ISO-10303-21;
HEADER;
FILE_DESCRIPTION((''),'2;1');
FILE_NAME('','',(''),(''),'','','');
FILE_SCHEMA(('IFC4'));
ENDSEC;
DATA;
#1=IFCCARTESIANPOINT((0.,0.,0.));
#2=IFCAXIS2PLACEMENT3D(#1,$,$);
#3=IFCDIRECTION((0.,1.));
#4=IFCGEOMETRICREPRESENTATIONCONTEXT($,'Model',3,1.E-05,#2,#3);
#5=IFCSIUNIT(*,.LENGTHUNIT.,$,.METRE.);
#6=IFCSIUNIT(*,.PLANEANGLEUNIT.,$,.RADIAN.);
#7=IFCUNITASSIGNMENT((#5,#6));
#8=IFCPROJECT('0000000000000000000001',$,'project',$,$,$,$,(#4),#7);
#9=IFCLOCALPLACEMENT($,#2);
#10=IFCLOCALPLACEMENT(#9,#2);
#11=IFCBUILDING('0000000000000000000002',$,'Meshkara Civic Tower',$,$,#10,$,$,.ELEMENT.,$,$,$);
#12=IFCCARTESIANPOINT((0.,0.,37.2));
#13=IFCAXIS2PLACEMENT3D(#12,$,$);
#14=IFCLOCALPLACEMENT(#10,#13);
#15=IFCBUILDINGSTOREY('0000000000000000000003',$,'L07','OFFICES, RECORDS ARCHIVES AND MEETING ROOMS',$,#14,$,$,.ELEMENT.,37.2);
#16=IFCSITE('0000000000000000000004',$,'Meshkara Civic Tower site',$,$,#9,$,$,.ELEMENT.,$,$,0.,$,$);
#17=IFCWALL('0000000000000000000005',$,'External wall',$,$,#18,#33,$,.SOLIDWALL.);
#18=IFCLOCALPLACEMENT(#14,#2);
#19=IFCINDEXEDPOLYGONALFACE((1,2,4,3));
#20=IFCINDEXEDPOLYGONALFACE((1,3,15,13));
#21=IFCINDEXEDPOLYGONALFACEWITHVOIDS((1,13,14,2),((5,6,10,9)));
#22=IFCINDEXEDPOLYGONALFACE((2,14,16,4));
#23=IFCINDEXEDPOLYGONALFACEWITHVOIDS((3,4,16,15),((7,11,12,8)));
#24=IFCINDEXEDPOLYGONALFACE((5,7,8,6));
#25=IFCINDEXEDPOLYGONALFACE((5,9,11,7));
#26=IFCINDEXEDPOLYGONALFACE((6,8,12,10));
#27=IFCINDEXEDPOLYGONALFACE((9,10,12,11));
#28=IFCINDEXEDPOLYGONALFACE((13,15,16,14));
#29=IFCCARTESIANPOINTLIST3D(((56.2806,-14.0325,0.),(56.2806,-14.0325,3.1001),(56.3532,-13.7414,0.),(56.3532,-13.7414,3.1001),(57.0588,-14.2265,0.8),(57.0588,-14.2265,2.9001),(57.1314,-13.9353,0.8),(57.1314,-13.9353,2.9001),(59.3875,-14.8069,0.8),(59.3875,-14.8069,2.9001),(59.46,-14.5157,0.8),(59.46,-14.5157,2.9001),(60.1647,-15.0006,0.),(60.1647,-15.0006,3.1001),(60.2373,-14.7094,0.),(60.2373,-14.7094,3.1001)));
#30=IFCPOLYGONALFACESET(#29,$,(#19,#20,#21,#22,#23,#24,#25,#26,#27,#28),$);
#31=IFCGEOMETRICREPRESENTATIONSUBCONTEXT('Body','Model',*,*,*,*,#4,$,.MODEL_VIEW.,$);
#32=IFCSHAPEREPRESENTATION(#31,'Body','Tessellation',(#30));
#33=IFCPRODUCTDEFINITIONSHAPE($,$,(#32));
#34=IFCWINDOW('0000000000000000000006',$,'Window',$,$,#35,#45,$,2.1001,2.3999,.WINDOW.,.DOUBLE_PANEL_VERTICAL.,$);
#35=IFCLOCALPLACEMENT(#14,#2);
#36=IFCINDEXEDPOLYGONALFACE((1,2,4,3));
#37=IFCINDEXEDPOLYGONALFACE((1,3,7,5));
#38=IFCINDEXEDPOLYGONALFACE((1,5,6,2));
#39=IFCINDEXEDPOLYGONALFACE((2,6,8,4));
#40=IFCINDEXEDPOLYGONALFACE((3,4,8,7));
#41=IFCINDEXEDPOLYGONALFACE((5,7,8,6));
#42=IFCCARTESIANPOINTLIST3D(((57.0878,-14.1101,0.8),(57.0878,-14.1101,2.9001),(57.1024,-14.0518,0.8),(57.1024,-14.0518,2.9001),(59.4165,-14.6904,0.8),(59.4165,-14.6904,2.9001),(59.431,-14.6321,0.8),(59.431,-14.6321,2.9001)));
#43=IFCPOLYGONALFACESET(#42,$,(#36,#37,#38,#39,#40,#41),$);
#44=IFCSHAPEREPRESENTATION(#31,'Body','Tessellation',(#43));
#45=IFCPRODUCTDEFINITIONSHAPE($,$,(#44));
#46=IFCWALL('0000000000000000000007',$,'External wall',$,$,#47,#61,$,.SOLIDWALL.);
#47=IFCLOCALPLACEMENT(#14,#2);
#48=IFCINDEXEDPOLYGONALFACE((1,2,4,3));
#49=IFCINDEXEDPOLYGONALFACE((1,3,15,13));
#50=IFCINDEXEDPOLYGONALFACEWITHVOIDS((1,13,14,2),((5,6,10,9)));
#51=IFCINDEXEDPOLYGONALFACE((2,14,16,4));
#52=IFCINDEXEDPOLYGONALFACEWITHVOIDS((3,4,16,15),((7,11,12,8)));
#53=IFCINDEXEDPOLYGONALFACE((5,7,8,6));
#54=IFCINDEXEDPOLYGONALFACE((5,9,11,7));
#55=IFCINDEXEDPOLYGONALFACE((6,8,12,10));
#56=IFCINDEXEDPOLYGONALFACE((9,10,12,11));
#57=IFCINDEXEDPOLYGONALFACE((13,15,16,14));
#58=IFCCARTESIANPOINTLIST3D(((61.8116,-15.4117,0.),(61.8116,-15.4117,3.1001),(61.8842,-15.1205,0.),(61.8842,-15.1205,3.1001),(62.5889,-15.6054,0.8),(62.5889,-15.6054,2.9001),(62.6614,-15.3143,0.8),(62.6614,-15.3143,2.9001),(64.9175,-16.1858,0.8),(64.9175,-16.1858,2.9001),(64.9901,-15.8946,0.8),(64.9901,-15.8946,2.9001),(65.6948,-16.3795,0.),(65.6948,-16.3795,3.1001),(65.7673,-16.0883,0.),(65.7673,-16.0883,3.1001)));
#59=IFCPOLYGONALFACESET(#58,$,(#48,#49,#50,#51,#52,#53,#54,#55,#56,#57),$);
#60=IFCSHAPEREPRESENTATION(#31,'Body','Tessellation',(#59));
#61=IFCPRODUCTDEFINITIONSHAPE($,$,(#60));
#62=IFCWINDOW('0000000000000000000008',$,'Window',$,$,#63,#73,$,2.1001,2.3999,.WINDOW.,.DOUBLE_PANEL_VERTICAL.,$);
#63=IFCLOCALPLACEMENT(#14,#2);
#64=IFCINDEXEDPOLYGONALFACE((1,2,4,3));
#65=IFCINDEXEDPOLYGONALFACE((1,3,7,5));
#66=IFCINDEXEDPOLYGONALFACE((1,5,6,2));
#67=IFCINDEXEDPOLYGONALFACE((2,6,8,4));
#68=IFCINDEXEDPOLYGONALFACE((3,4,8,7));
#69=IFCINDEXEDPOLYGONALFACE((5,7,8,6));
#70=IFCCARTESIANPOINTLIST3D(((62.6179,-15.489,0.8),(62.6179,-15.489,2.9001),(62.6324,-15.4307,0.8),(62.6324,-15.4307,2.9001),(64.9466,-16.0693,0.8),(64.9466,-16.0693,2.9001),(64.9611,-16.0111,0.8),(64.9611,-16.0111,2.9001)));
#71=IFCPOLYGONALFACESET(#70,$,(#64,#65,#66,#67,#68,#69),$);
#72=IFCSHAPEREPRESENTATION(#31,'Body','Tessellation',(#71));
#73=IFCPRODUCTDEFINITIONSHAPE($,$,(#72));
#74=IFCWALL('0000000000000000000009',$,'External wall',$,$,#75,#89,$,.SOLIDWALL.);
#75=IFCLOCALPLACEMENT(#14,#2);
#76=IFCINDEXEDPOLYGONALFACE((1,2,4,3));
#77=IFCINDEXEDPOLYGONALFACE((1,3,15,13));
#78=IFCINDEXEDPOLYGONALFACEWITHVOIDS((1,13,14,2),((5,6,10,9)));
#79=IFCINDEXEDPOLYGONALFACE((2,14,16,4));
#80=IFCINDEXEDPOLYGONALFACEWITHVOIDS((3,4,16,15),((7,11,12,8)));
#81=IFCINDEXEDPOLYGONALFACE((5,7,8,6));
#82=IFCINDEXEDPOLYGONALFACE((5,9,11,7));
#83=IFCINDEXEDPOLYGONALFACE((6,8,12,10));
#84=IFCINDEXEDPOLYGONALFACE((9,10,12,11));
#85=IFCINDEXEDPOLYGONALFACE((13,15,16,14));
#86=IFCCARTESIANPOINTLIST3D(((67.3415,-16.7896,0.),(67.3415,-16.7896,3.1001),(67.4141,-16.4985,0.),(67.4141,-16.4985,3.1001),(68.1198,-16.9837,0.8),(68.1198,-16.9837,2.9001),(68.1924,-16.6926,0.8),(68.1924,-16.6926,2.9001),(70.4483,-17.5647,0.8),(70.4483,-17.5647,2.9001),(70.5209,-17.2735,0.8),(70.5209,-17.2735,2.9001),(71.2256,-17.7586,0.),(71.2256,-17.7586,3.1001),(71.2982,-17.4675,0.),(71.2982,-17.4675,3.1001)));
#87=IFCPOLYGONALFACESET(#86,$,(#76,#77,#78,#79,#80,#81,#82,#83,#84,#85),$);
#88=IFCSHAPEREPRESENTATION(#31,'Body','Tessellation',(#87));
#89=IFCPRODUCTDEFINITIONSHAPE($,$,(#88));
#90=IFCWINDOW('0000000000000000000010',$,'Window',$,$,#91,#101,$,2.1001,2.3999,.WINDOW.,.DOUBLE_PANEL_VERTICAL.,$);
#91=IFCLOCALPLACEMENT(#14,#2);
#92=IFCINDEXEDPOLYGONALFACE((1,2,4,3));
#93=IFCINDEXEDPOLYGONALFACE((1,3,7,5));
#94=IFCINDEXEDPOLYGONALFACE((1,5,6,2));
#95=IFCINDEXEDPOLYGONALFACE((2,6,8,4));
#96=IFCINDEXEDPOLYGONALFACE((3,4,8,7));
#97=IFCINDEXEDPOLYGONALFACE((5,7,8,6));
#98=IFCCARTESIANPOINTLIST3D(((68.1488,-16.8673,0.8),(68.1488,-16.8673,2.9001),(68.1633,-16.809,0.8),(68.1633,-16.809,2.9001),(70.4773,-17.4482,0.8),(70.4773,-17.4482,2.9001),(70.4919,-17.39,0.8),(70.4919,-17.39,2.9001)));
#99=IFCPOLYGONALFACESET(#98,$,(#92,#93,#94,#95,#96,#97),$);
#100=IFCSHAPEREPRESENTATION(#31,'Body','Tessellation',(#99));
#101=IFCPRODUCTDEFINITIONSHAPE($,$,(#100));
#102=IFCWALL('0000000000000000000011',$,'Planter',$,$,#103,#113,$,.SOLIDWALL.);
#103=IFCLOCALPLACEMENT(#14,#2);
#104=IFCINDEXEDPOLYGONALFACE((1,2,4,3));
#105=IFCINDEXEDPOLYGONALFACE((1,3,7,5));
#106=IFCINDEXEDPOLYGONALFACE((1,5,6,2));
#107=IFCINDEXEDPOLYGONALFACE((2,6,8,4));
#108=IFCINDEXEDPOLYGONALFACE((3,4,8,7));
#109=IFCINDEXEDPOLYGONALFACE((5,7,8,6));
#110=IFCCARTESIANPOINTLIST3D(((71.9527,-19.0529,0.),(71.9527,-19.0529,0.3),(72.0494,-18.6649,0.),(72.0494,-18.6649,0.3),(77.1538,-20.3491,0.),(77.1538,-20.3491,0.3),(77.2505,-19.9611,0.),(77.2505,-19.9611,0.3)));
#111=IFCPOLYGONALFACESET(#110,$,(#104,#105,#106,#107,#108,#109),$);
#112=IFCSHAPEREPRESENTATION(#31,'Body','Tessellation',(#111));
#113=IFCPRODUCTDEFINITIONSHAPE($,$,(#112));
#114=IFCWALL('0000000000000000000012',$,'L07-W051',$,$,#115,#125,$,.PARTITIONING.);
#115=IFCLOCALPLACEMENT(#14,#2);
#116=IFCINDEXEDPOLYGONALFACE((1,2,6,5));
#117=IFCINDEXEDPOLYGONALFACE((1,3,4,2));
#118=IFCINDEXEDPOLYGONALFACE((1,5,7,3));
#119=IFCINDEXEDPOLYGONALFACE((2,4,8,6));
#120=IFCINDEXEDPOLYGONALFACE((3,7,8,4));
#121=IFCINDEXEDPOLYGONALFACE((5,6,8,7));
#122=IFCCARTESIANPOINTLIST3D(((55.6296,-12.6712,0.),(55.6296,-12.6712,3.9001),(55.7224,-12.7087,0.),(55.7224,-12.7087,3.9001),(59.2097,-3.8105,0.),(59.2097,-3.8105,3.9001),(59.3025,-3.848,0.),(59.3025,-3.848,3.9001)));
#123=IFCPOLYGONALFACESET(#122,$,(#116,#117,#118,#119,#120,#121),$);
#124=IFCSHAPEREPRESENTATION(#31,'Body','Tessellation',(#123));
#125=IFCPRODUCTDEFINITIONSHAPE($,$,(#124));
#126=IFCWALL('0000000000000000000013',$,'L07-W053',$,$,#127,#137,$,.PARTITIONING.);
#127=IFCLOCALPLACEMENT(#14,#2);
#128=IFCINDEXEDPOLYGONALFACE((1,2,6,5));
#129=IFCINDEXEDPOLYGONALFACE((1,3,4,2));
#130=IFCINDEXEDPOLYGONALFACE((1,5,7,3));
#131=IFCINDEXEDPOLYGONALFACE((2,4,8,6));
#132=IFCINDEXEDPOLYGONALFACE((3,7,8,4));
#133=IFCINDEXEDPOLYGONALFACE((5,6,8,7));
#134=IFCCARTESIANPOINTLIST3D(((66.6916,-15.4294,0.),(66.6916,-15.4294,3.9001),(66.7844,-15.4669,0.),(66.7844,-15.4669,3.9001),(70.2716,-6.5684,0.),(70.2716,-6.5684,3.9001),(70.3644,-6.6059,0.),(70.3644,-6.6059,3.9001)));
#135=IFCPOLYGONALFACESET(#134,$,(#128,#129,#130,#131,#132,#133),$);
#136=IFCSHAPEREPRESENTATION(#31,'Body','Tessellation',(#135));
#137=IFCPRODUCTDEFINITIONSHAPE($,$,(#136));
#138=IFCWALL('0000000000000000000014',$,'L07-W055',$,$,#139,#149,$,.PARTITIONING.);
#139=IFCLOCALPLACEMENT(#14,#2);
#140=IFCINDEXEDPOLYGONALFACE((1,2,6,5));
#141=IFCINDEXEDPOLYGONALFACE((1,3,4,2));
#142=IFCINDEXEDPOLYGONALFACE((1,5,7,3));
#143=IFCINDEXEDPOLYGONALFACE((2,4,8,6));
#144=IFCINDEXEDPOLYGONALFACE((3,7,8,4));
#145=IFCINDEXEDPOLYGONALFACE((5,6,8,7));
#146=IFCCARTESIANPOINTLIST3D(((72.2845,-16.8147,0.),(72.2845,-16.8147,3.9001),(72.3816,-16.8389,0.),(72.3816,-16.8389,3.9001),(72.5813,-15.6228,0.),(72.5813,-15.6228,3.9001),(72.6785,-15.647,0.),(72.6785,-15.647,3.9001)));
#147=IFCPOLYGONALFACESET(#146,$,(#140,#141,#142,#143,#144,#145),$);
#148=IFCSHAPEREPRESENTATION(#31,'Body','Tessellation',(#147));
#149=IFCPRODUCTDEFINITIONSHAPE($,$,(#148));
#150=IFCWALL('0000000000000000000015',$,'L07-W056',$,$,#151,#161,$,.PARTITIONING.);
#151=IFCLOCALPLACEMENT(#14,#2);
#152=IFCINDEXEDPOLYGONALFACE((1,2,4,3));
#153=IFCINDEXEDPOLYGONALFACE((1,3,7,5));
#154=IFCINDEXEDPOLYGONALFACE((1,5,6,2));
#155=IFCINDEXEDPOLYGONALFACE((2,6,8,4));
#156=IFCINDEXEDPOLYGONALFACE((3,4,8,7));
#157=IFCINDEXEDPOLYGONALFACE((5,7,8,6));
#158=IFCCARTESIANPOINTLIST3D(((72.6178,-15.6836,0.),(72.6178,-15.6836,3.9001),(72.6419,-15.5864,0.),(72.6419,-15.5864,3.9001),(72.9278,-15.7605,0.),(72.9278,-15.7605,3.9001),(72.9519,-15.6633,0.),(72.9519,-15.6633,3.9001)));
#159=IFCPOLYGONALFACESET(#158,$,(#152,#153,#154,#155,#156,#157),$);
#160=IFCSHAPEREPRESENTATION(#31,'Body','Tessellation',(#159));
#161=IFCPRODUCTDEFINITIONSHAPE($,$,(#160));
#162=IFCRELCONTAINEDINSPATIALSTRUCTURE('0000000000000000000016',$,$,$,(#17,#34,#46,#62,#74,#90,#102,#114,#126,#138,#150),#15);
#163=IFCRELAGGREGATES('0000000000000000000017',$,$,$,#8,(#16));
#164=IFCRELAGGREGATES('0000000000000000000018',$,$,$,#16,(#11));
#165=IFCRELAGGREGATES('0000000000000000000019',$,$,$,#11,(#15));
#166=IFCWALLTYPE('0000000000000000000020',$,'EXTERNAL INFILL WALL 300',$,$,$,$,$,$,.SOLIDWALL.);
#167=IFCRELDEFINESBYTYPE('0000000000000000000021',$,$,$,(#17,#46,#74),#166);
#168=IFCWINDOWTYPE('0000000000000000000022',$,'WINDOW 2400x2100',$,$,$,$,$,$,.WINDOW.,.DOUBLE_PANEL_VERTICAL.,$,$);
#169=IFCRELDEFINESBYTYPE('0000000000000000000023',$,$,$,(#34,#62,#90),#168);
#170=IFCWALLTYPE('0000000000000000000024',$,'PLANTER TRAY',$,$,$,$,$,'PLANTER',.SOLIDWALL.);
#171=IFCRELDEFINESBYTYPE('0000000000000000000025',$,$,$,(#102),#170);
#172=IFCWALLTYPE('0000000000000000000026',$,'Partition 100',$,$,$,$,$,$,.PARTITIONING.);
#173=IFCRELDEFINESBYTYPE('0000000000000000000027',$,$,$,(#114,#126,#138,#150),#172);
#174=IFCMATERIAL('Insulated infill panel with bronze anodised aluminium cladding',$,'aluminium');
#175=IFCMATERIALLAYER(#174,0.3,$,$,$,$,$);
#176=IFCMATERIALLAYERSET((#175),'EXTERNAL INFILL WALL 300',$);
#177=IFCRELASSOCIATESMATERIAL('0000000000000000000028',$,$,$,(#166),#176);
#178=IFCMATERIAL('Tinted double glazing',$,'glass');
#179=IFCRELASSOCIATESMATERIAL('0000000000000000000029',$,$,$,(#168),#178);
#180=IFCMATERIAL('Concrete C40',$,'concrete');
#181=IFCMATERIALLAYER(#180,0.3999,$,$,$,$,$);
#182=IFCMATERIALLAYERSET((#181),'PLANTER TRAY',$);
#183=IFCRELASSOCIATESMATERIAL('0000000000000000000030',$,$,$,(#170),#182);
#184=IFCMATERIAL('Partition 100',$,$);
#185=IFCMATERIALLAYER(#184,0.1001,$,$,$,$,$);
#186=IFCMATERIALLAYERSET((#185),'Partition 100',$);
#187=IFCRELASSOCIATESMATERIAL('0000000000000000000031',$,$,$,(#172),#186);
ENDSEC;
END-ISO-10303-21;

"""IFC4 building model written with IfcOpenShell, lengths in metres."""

from ifc_helpers import new_model, si_unit, direction, frame, frame_2d, origin, place, context, subcontext, project, spatial, rectangle, extrude, material, layer, layer_set, type_object, element, fill, save


model = new_model("IFC4")

# Units and contexts
model_context = context("Model", 3, precision=1e-05, world=origin(), true_north=direction((0.0, 1.0)))
body_context = subcontext(model_context, "Body", "Model", "MODEL_VIEW")
ifc_project = project(units=[si_unit("LENGTHUNIT", "METRE"), si_unit("PLANEANGLEUNIT", "RADIAN")], contexts=[model_context])

# Site, building, storey
site_placement = place(None, origin())
site = spatial("IfcSite", under=ifc_project, at=site_placement, Name="Meshkara Civic Tower site", CompositionType="ELEMENT", RefElevation=0.0)
building_placement = place(site_placement, origin())
building = spatial("IfcBuilding", under=site, at=building_placement, Name="Meshkara Civic Tower", CompositionType="ELEMENT")
storey_placement = place(building_placement, frame((0.0, 0.0, 37.2)))
storey = spatial("IfcBuildingStorey", under=building, at=storey_placement, Name="L07", Description="OFFICES, RECORDS ARCHIVES AND MEETING ROOMS", CompositionType="ELEMENT", Elevation=37.2)

# Walls, openings, windows
ifc_material_1 = material(Name="Insulated infill panel with bronze anodised aluminium cladding", Category="aluminium")
ifc_layer_1 = layer(ifc_material_1, 0.3)
ifc_layer_set_1 = layer_set([ifc_layer_1], Name="EXTERNAL INFILL WALL 300")
wall_type_1 = type_object("IfcWallType", Name="EXTERNAL INFILL WALL 300", PredefinedType="SOLIDWALL", material=ifc_layer_set_1)
ifc_material_2 = material(Name="Tinted double glazing", Category="glass")
window_type = type_object("IfcWindowType", Name="WINDOW 2400x2100", PartitioningType="DOUBLE_PANEL_VERTICAL", PredefinedType="WINDOW", material=ifc_material_2)
wall_1_placement = place(storey_placement, frame((56.3169, -13.887, 0.0), z_axis=(0.0, 0.0, 1.0), x_axis=(0.970318, -0.241832, 0.0)))
wall_1 = element("IfcWall", 1, at=wall_1_placement, inside=storey, type_object=wall_type_1, Name="External wall", PredefinedType="SOLIDWALL", context=body_context, shape_type="SweptSolid", body=[
    extrude(rectangle(XDim=4.0029, YDim=0.3, at=frame_2d((2.0015, 0.0))), origin(), (0.0, 0.0, 1.0), 3.1001),
])
opening_1_placement = place(wall_1_placement, frame((0.802, 0.0, 0.8)))
opening_1 = element("IfcOpeningElement", 2, at=opening_1_placement, cuts=wall_1, PredefinedType="OPENING", context=body_context, shape_type="SweptSolid", body=[
    extrude(rectangle(XDim=2.3999, YDim=2.1001, at=frame_2d((1.2, 1.05))), frame((0.0, 0.1599, 0.0), z_axis=(0.0, -1.0, 0.0), x_axis=(1.0, 0.0, 0.0)), (0.0, 0.0, 1.0), 0.3201),
])
window_1_placement = place(opening_1_placement, origin())
window_1 = element("IfcWindow", 3, at=window_1_placement, inside=storey, type_object=window_type, Name="Window", OverallHeight=2.1001, OverallWidth=2.3999, PartitioningType="DOUBLE_PANEL_VERTICAL", PredefinedType="WINDOW", context=body_context, shape_type="SweptSolid", body=[
    extrude(rectangle(XDim=2.3999, YDim=2.1001, at=frame_2d((1.2, 1.05))), frame((0.0, 0.03, 0.0), z_axis=(0.0, -1.0, 0.0), x_axis=(1.0, 0.0, 0.0)), (0.0, 0.0, 1.0), 0.0601),
])
fill(opening_1, window_1)
wall_2_placement = place(storey_placement, frame((61.8479, -15.2661, 0.0), z_axis=(0.0, 0.0, 1.0), x_axis=(0.970318, -0.241832, 0.0)))
wall_2 = element("IfcWall", 4, at=wall_2_placement, inside=storey, type_object=wall_type_1, Name="External wall", PredefinedType="SOLIDWALL", context=body_context, shape_type="SweptSolid", body=[
    extrude(rectangle(XDim=4.002, YDim=0.3, at=frame_2d((2.001, 0.0))), origin(), (0.0, 0.0, 1.0), 3.1001),
])
opening_2_placement = place(wall_2_placement, frame((0.801, 0.0, 0.8)))
opening_2 = element("IfcOpeningElement", 5, at=opening_2_placement, cuts=wall_2, PredefinedType="OPENING", context=body_context, shape_type="SweptSolid", body=[
    extrude(rectangle(XDim=2.3999, YDim=2.1001, at=frame_2d((1.2, 1.05))), frame((0.0, 0.1599, 0.0), z_axis=(0.0, -1.0, 0.0), x_axis=(1.0, 0.0, 0.0)), (0.0, 0.0, 1.0), 0.3201),
])
window_2_placement = place(opening_2_placement, origin())
window_2 = element("IfcWindow", 6, at=window_2_placement, inside=storey, type_object=window_type, Name="Window", OverallHeight=2.1001, OverallWidth=2.3999, PartitioningType="DOUBLE_PANEL_VERTICAL", PredefinedType="WINDOW", context=body_context, shape_type="SweptSolid", body=[
    extrude(rectangle(XDim=2.3999, YDim=2.1001, at=frame_2d((1.2, 1.05))), frame((0.0, 0.03, 0.0), z_axis=(0.0, -1.0, 0.0), x_axis=(1.0, 0.0, 0.0)), (0.0, 0.0, 1.0), 0.0601),
])
fill(opening_2, window_2)
wall_3_placement = place(storey_placement, frame((67.3779, -16.644, 0.0), z_axis=(0.0, 0.0, 1.0), x_axis=(0.970261, -0.242062, 0.0)))
wall_3 = element("IfcWall", 7, at=wall_3_placement, inside=storey, type_object=wall_type_1, Name="External wall", PredefinedType="SOLIDWALL", context=body_context, shape_type="SweptSolid", body=[
    extrude(rectangle(XDim=4.0032, YDim=0.3, at=frame_2d((2.0015, 0.0))), origin(), (0.0, 0.0, 1.0), 3.1001),
])
opening_3_placement = place(wall_3_placement, frame((0.802, 0.0, 0.8)))
opening_3 = element("IfcOpeningElement", 8, at=opening_3_placement, cuts=wall_3, PredefinedType="OPENING", context=body_context, shape_type="SweptSolid", body=[
    extrude(rectangle(XDim=2.3999, YDim=2.1001, at=frame_2d((1.2, 1.05))), frame((0.0, 0.1599, 0.0), z_axis=(0.0, -1.0, 0.0), x_axis=(1.0, 0.0, 0.0)), (0.0, 0.0, 1.0), 0.3201),
])
window_3_placement = place(opening_3_placement, origin())
window_3 = element("IfcWindow", 9, at=window_3_placement, inside=storey, type_object=window_type, Name="Window", OverallHeight=2.1001, OverallWidth=2.3999, PartitioningType="DOUBLE_PANEL_VERTICAL", PredefinedType="WINDOW", context=body_context, shape_type="SweptSolid", body=[
    extrude(rectangle(XDim=2.3999, YDim=2.1001, at=frame_2d((1.2, 1.05))), frame((0.0, 0.03, 0.0), z_axis=(0.0, -1.0, 0.0), x_axis=(1.0, 0.0, 0.0)), (0.0, 0.0, 1.0), 0.0601),
])
fill(opening_3, window_3)

# Walls
ifc_material_3 = material(Name="Concrete C40", Category="concrete")
ifc_layer_2 = layer(ifc_material_3, 0.3999)
ifc_layer_set_2 = layer_set([ifc_layer_2], Name="PLANTER TRAY")
wall_type_2 = type_object("IfcWallType", Name="PLANTER TRAY", ElementType="PLANTER", PredefinedType="SOLIDWALL", material=ifc_layer_set_2)
wall_4_placement = place(storey_placement, frame((72.001, -18.8589, 0.0), z_axis=(0.0, 0.0, 1.0), x_axis=(0.970322, -0.241817, 0.0)))
element("IfcWall", 10, at=wall_4_placement, inside=storey, type_object=wall_type_2, Name="Planter", PredefinedType="SOLIDWALL", context=body_context, shape_type="SweptSolid", body=[
    extrude(rectangle(XDim=5.3601, YDim=0.3999, at=frame_2d((2.6802, 0.0))), origin(), (0.0, 0.0, 1.0), 0.3),
])
ifc_material_4 = material(Name="Partition 100")
ifc_layer_3 = layer(ifc_material_4, 0.1001)
ifc_layer_set_3 = layer_set([ifc_layer_3], Name="Partition 100")
wall_type_3 = type_object("IfcWallType", Name="Partition 100", PredefinedType="PARTITIONING", material=ifc_layer_set_3)
wall_5_placement = place(storey_placement, frame((55.676, -12.6899, 0.0), z_axis=(0.0, 0.0, 1.0), x_axis=(0.374613, 0.927181, 0.0)))
element("IfcWall", 11, at=wall_5_placement, inside=storey, type_object=wall_type_3, Name="L07-W051", PredefinedType="PARTITIONING", context=body_context, shape_type="SweptSolid", body=[
    extrude(rectangle(XDim=9.5566, YDim=0.1001, at=frame_2d((4.7783, 0.0))), origin(), (0.0, 0.0, 1.0), 3.9001),
])
wall_6_placement = place(storey_placement, frame((66.738, -15.448, 0.0), z_axis=(0.0, 0.0, 1.0), x_axis=(0.374604, 0.927185, 0.0)))
element("IfcWall", 12, at=wall_6_placement, inside=storey, type_object=wall_type_3, Name="L07-W053", PredefinedType="PARTITIONING", context=body_context, shape_type="SweptSolid", body=[
    extrude(rectangle(XDim=9.5569, YDim=0.1001, at=frame_2d((4.7783, 0.0))), origin(), (0.0, 0.0, 1.0), 3.9001),
])
wall_7_placement = place(storey_placement, frame((72.333, -16.8269, 0.0), z_axis=(0.0, 0.0, 1.0), x_axis=(0.241694, 0.970353, 0.0)))
element("IfcWall", 13, at=wall_7_placement, inside=storey, type_object=wall_type_3, Name="L07-W055", PredefinedType="PARTITIONING", context=body_context, shape_type="SweptSolid", body=[
    extrude(rectangle(XDim=1.2283, YDim=0.1001, at=frame_2d((0.6143, 0.0))), origin(), (0.0, 0.0, 1.0), 3.9001),
])
wall_8_placement = place(storey_placement, frame((72.6299, -15.635, 0.0), z_axis=(0.0, 0.0, 1.0), x_axis=(0.97059, -0.240737, 0.0)))
element("IfcWall", 14, at=wall_8_placement, inside=storey, type_object=wall_type_3, Name="L07-W056", PredefinedType="PARTITIONING", context=body_context, shape_type="SweptSolid", body=[
    extrude(rectangle(XDim=0.3193, YDim=0.1001, at=frame_2d((0.1597, 0.0))), origin(), (0.0, 0.0, 1.0), 3.9001),
])

save(model, "model.ifc")
